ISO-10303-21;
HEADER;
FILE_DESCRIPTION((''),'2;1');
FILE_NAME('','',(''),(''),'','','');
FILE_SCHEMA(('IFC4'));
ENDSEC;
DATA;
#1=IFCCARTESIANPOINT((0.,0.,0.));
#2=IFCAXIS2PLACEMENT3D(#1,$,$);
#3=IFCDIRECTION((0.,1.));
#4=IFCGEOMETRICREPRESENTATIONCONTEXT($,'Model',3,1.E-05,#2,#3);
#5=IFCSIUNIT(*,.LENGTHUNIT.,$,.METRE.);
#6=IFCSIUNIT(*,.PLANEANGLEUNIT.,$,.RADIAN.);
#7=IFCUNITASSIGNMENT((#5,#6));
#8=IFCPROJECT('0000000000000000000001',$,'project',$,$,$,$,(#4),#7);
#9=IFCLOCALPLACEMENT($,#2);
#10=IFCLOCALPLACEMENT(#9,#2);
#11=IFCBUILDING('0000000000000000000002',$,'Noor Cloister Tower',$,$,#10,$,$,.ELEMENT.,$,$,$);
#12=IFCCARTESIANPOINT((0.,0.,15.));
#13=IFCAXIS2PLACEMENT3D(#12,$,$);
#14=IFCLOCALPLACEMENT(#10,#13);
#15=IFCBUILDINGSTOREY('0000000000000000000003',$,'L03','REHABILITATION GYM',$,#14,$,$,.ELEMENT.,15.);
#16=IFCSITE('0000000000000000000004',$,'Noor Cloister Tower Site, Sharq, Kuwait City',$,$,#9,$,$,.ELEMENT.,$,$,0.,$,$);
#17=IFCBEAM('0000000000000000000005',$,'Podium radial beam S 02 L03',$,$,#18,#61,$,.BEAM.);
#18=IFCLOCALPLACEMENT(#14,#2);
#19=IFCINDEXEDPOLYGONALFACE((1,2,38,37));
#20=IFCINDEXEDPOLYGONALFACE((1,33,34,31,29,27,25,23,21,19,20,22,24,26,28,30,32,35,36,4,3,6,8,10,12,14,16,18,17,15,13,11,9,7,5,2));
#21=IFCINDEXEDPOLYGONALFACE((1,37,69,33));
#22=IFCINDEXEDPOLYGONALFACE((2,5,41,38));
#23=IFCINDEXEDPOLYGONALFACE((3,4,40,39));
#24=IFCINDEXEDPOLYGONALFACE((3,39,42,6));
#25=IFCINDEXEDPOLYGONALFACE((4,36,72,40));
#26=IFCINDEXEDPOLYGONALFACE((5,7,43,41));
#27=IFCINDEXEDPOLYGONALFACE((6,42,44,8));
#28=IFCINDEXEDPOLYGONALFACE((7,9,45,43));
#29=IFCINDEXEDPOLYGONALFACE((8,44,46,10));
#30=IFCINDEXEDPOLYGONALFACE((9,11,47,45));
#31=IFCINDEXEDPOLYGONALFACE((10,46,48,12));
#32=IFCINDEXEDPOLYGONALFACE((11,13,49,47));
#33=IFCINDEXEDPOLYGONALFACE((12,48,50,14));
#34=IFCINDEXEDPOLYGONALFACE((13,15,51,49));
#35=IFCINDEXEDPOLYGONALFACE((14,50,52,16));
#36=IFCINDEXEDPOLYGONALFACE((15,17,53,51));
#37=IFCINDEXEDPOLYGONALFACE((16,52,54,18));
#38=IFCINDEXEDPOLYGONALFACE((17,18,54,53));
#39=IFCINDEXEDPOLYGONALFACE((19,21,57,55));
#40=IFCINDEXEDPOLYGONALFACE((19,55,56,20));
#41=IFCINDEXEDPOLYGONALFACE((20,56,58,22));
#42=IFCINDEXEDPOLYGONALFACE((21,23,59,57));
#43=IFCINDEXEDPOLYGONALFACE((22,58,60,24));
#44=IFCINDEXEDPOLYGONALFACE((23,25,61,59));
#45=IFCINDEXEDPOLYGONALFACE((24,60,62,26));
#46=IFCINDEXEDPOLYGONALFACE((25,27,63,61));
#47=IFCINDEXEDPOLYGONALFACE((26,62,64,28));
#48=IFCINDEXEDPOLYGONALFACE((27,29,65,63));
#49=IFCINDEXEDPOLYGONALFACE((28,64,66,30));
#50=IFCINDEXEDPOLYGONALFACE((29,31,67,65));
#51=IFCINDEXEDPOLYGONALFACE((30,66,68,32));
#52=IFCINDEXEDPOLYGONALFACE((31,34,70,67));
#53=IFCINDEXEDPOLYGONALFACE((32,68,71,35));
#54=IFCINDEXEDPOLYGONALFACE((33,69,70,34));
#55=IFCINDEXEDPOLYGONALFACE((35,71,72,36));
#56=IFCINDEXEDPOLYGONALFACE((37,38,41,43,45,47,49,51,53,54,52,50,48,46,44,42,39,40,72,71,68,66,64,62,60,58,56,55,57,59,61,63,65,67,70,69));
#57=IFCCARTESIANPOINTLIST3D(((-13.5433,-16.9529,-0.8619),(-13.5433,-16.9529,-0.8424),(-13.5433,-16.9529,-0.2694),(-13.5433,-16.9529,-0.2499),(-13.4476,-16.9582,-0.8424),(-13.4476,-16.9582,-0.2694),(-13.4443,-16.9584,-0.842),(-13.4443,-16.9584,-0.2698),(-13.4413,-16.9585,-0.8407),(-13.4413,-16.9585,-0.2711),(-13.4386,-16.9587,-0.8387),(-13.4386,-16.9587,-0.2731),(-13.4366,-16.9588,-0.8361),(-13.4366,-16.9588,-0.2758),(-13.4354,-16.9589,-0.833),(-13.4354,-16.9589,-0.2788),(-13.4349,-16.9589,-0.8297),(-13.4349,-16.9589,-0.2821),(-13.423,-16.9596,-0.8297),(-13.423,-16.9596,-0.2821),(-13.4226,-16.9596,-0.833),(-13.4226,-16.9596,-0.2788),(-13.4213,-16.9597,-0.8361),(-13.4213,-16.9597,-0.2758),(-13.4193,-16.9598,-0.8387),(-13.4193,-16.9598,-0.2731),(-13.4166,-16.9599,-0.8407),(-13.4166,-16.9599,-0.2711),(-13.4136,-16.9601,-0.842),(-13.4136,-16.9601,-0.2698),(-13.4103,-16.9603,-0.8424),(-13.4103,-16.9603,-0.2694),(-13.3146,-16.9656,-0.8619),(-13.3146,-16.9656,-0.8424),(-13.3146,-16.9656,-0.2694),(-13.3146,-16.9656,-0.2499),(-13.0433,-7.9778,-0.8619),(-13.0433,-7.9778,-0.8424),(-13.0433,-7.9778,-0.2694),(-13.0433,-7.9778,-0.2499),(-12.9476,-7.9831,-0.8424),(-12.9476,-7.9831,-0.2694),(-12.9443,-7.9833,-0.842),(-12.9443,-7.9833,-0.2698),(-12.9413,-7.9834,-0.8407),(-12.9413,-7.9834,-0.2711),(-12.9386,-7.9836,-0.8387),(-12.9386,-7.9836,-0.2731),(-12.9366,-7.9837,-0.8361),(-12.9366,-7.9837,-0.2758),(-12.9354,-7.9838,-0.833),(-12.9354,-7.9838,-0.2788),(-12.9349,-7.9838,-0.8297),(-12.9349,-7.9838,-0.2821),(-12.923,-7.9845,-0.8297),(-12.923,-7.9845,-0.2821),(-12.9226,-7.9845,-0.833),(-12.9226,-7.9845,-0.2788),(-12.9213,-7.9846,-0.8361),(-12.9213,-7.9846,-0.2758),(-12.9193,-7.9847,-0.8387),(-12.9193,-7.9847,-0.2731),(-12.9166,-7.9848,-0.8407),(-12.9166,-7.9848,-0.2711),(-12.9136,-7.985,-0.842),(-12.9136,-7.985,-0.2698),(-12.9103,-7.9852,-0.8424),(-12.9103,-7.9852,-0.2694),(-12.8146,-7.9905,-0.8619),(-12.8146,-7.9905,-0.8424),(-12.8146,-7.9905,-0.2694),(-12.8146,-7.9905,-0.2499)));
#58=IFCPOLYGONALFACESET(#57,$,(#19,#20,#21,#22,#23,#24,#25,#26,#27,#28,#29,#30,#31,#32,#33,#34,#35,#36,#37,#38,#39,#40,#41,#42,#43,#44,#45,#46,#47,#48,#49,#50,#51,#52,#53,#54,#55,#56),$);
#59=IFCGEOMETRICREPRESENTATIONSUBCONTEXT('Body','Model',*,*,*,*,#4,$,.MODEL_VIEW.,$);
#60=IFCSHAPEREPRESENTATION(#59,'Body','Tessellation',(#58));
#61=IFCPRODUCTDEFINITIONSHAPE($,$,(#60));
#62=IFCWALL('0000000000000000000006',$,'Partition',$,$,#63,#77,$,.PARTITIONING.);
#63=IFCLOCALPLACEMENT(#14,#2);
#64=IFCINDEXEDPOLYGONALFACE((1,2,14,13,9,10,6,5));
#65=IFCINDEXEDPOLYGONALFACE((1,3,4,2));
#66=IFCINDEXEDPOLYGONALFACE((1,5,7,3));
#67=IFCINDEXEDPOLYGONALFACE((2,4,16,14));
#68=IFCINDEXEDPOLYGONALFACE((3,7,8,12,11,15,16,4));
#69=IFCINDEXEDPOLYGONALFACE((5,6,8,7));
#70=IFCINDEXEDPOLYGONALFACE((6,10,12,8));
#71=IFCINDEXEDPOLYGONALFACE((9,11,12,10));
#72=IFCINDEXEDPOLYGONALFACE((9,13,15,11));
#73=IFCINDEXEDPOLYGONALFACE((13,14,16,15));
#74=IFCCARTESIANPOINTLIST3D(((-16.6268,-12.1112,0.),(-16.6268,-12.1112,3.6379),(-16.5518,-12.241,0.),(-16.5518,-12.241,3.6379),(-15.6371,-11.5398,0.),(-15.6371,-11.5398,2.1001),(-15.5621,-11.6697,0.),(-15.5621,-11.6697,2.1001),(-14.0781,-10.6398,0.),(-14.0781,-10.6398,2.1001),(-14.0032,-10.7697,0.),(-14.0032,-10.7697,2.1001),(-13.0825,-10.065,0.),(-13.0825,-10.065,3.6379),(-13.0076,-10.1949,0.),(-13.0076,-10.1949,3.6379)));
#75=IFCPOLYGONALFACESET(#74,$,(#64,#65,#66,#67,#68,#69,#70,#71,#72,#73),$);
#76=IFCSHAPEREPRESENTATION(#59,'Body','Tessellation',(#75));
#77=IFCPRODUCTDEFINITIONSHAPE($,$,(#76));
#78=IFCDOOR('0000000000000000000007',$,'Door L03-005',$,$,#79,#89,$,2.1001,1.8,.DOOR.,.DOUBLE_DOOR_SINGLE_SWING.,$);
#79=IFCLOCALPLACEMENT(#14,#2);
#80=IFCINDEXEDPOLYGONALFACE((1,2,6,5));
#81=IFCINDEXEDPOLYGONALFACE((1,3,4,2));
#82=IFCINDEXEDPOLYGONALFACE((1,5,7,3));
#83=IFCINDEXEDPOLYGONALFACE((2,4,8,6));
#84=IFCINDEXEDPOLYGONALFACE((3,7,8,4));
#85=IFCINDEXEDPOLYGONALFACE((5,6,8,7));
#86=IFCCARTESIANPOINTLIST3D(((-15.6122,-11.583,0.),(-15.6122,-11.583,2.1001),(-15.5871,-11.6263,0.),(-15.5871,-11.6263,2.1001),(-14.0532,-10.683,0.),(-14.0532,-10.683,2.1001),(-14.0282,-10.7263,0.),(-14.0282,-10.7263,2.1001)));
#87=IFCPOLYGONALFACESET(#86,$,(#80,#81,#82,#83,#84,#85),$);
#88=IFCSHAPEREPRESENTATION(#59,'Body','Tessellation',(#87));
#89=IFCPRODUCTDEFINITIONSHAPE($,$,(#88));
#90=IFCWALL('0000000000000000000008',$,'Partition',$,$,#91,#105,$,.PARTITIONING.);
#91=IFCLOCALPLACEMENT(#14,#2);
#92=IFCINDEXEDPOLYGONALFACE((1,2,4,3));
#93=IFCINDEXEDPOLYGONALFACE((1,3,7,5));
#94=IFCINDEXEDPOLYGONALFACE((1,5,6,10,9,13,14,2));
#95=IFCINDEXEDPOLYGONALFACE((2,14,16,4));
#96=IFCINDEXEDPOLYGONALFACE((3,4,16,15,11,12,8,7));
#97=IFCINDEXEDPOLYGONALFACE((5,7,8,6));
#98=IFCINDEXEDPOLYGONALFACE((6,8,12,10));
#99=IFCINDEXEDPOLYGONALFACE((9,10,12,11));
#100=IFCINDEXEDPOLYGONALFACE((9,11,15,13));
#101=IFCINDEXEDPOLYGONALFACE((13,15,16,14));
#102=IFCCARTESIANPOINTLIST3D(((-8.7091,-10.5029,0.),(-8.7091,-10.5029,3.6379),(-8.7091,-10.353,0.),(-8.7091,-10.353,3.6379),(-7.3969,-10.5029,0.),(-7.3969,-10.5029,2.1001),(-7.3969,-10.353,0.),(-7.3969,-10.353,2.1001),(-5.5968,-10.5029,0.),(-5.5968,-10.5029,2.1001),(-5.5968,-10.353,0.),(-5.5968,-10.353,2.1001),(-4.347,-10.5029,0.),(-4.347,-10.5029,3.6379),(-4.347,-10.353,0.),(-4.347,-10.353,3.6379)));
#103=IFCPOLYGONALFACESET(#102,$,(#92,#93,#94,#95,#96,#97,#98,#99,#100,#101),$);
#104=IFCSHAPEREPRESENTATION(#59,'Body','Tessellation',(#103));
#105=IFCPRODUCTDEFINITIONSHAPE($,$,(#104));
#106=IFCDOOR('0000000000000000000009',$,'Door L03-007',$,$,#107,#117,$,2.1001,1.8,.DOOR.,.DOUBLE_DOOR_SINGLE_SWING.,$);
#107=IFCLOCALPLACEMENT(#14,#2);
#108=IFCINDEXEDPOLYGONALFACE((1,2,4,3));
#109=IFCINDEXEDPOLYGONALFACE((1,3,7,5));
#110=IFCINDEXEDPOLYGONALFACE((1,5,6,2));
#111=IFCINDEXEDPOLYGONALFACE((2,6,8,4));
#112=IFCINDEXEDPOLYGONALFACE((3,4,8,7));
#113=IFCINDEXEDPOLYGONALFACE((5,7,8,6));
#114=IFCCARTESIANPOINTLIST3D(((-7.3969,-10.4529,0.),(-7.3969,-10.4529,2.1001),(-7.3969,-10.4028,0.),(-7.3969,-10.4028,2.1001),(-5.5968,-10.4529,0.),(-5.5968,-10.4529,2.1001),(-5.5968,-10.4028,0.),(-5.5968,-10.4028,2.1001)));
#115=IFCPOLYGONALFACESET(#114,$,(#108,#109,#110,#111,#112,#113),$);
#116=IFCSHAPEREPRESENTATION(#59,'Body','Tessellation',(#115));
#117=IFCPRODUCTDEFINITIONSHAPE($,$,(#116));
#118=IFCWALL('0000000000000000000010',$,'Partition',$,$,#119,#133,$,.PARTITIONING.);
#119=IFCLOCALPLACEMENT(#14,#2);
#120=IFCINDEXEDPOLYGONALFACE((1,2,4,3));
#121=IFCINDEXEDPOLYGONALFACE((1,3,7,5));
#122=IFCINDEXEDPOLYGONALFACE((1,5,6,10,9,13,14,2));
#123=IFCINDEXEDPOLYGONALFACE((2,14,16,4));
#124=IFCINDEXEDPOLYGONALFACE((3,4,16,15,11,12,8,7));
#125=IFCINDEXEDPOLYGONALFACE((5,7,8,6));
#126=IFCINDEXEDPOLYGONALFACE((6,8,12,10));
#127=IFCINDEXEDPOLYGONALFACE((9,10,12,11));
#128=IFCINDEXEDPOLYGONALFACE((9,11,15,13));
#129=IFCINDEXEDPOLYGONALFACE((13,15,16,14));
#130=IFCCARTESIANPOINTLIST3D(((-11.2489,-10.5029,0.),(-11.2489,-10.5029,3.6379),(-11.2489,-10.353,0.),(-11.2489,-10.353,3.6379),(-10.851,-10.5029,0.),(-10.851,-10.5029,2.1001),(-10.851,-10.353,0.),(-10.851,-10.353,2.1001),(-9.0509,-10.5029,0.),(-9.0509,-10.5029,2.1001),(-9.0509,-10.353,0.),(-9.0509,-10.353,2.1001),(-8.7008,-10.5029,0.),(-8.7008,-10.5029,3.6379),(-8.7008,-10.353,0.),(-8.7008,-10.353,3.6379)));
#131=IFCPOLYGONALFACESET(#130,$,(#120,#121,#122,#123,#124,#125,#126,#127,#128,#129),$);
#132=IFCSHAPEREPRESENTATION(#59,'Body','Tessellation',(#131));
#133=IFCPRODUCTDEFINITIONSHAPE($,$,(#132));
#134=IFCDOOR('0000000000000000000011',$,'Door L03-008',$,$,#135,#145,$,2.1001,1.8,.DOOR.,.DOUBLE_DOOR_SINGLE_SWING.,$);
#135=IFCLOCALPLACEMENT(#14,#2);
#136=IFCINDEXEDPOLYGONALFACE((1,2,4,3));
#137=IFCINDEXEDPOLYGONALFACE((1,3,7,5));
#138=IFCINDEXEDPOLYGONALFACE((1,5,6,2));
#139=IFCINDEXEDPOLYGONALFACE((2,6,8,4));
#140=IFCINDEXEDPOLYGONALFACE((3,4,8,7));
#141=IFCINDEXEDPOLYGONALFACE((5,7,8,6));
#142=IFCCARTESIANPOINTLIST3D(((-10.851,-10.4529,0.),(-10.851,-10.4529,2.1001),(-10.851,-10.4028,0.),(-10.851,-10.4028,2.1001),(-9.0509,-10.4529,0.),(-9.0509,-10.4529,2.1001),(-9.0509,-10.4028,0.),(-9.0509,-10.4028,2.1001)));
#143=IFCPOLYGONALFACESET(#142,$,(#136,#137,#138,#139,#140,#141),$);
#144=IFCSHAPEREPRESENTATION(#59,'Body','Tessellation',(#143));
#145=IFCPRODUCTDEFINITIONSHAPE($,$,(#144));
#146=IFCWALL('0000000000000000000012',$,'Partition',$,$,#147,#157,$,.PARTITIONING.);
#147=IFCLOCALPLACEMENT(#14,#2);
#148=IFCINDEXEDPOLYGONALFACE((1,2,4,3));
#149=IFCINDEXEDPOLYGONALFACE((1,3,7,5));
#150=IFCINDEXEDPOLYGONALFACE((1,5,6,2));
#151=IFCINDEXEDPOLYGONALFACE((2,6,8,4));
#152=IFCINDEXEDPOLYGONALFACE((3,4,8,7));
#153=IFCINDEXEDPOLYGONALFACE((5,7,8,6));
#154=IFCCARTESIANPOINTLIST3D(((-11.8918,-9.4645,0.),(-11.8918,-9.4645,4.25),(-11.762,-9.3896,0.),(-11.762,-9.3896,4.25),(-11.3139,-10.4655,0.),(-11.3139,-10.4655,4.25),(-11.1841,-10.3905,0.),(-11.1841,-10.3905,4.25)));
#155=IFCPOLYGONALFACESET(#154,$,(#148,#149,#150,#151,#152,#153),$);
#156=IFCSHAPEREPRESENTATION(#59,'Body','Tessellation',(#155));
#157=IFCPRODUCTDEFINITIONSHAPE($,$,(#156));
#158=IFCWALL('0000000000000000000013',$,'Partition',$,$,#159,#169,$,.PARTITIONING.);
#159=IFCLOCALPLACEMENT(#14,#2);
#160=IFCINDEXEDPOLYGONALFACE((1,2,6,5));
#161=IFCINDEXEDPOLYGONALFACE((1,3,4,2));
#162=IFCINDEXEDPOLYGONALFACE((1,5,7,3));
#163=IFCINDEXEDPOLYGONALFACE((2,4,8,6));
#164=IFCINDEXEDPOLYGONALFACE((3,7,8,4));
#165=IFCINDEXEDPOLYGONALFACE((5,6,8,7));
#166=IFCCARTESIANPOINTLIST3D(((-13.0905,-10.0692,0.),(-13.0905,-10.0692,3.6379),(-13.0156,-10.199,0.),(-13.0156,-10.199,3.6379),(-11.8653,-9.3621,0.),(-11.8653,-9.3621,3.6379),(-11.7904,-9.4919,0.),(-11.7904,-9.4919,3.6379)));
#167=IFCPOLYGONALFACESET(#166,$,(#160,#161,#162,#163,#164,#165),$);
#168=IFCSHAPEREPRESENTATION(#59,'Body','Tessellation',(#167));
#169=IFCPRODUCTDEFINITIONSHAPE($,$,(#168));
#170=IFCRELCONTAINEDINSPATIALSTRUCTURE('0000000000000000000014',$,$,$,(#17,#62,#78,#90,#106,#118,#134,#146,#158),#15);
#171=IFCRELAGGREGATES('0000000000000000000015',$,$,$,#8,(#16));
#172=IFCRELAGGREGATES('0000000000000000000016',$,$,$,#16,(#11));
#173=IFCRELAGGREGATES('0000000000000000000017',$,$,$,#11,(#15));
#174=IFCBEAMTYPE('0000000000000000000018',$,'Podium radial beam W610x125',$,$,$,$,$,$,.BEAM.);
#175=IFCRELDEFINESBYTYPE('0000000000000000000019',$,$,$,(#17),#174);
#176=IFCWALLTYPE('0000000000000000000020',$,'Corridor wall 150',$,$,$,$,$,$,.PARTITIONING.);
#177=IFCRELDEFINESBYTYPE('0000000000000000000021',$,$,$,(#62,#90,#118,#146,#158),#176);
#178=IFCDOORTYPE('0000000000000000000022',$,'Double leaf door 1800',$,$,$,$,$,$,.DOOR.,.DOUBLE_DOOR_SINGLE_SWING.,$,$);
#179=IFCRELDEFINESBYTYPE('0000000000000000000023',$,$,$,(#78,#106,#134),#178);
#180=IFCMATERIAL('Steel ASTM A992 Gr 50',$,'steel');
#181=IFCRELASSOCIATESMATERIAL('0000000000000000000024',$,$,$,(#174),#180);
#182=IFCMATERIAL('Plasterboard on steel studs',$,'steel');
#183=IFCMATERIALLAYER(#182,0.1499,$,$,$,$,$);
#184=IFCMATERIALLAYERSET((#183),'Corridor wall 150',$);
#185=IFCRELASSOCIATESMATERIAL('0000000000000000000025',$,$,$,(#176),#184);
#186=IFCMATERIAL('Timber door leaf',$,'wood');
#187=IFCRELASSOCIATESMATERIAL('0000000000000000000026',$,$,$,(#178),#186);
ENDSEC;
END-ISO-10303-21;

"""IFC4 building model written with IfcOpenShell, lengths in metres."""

from ifc_helpers import new_model, si_unit, direction, frame, frame_2d, origin, origin_2d, place, context, subcontext, project, spatial, rectangle, i_section, extrude, material, layer, layer_set, material_profile, profile_set, type_object, element, fill, save


model = new_model("IFC4")

# Units and contexts
model_context = context("Model", 3, precision=1e-05, world=origin(), true_north=direction((0.0, 1.0)))
body_context = subcontext(model_context, "Body", "Model", "MODEL_VIEW")
ifc_project = project(units=[si_unit("LENGTHUNIT", "METRE"), si_unit("PLANEANGLEUNIT", "RADIAN")], contexts=[model_context])

# Site, building, storey
site_placement = place(None, origin())
site = spatial("IfcSite", under=ifc_project, at=site_placement, Name="Noor Cloister Tower Site, Sharq, Kuwait City", CompositionType="ELEMENT", RefElevation=0.0)
building_placement = place(site_placement, origin())
building = spatial("IfcBuilding", under=site, at=building_placement, Name="Noor Cloister Tower", CompositionType="ELEMENT")
storey_placement = place(building_placement, frame((0.0, 0.0, 15.0)))
storey = spatial("IfcBuildingStorey", under=building, at=storey_placement, Name="L03", Description="REHABILITATION GYM", CompositionType="ELEMENT", Elevation=15.0)

# Beam
ifc_material_1 = material(Name="Steel ASTM A992 Gr 50", Category="steel")
ifc_material_profile = material_profile(ifc_material_1, i_section(OverallWidth=0.229, OverallDepth=0.6121, WebThickness=0.012, FlangeThickness=0.0195, FilletRadius=0.0127, at=origin_2d()), Name="W610x125")
ifc_profile_set = profile_set([ifc_material_profile], Name="Steel ASTM A992 Gr 50")
beam_type = type_object("IfcBeamType", Name="Podium radial beam W610x125", PredefinedType="BEAM", material=ifc_profile_set)
beam_placement = place(storey_placement, frame((-13.429, -16.9592, -0.5559), z_axis=(0.055623, 0.998452, 0.0), x_axis=(-0.998452, 0.055623, 0.0)))
element("IfcBeam", 1, at=beam_placement, inside=storey, type_object=beam_type, Name="Podium radial beam S 02 L03", PredefinedType="BEAM", context=body_context, shape_type="SweptSolid", body=[
    extrude(i_section(OverallWidth=0.229, OverallDepth=0.6121, WebThickness=0.012, FlangeThickness=0.0195, FilletRadius=0.0127, at=origin_2d()), origin(), (0.0, 0.0, 1.0), 8.989),
])

# Walls, openings, doors
ifc_material_2 = material(Name="Plasterboard on steel studs", Category="steel")
ifc_layer_1 = layer(ifc_material_2, 0.1499)
ifc_layer_set_1 = layer_set([ifc_layer_1], Name="Corridor wall 150")
wall_type_1 = type_object("IfcWallType", Name="Corridor wall 150", PredefinedType="PARTITIONING", material=ifc_layer_set_1)
wall_1_placement = place(storey_placement, frame((-13.0449, -10.1299, 0.0), z_axis=(0.0, 0.0, 1.0), x_axis=(-0.866036, -0.499982, 0.0)))
wall_1 = element("IfcWall", 2, at=wall_1_placement, inside=storey, type_object=wall_type_1, Name="Partition", PredefinedType="PARTITIONING", context=body_context, shape_type="SweptSolid", body=[
    extrude(rectangle(XDim=4.0925, YDim=0.1499, at=frame_2d((2.0464, 0.0))), origin(), (0.0, 0.0, 1.0), 3.6379),
])
opening_1_placement = place(wall_1_placement, frame((1.1499, 0.0, 0.0)))
opening_1 = element("IfcOpeningElement", 3, at=opening_1_placement, cuts=wall_1, PredefinedType="OPENING", context=body_context, shape_type="SweptSolid", body=[
    extrude(rectangle(XDim=1.8, YDim=2.1001, at=frame_2d((0.8999, 1.05))), frame((0.0, 0.085, 0.0), z_axis=(0.0, -1.0, 0.0), x_axis=(1.0, 0.0, 0.0)), (0.0, 0.0, 1.0), 0.1699),
])
ifc_material_3 = material(Name="Timber door leaf", Category="wood")
door_type = type_object("IfcDoorType", Name="Double leaf door 1800", OperationType="DOUBLE_DOOR_SINGLE_SWING", PredefinedType="DOOR", material=ifc_material_3)
door_1_placement = place(opening_1_placement, origin())
door_1 = element("IfcDoor", 4, at=door_1_placement, inside=storey, type_object=door_type, Name="Door L03-005", OperationType="DOUBLE_DOOR_SINGLE_SWING", OverallHeight=2.1001, OverallWidth=1.8, PredefinedType="DOOR", context=body_context, shape_type="SweptSolid", body=[
    extrude(rectangle(XDim=1.8, YDim=2.1001, at=frame_2d((0.8999, 1.05))), frame((0.0, 0.0249, 0.0), z_axis=(0.0, -1.0, 0.0), x_axis=(1.0, 0.0, 0.0)), (0.0, 0.0, 1.0), 0.05),
])
fill(opening_1, door_1)
wall_2_placement = place(storey_placement, frame((-4.3469, -10.428, 0.0), z_axis=(0.0, 0.0, 1.0), x_axis=(-1.0, 0.0, 0.0)))
wall_2 = element("IfcWall", 5, at=wall_2_placement, inside=storey, type_object=wall_type_1, Name="Partition", PredefinedType="PARTITIONING", context=body_context, shape_type="SweptSolid", body=[
    extrude(rectangle(XDim=4.3621, YDim=0.1499, at=frame_2d((2.1812, 0.0))), origin(), (0.0, 0.0, 1.0), 3.6379),
])
opening_2_placement = place(wall_2_placement, frame((1.25, 0.0, 0.0)))
opening_2 = element("IfcOpeningElement", 6, at=opening_2_placement, cuts=wall_2, PredefinedType="OPENING", context=body_context, shape_type="SweptSolid", body=[
    extrude(rectangle(XDim=1.8, YDim=2.1001, at=frame_2d((0.8999, 1.05))), frame((0.0, 0.085, 0.0), z_axis=(0.0, -1.0, 0.0), x_axis=(1.0, 0.0, 0.0)), (0.0, 0.0, 1.0), 0.1699),
])
door_2_placement = place(opening_2_placement, origin())
door_2 = element("IfcDoor", 7, at=door_2_placement, inside=storey, type_object=door_type, Name="Door L03-007", OperationType="DOUBLE_DOOR_SINGLE_SWING", OverallHeight=2.1001, OverallWidth=1.8, PredefinedType="DOOR", context=body_context, shape_type="SweptSolid", body=[
    extrude(rectangle(XDim=1.8, YDim=2.1001, at=frame_2d((0.8999, 1.05))), frame((0.0, 0.0249, 0.0), z_axis=(0.0, -1.0, 0.0), x_axis=(1.0, 0.0, 0.0)), (0.0, 0.0, 1.0), 0.05),
])
fill(opening_2, door_2)
wall_3_placement = place(storey_placement, frame((-8.7009, -10.428, 0.0), z_axis=(0.0, 0.0, 1.0), x_axis=(-1.0, 0.0, 0.0)))
wall_3 = element("IfcWall", 8, at=wall_3_placement, inside=storey, type_object=wall_type_1, Name="Partition", PredefinedType="PARTITIONING", context=body_context, shape_type="SweptSolid", body=[
    extrude(rectangle(XDim=2.5481, YDim=0.1499, at=frame_2d((1.2739, 0.0))), origin(), (0.0, 0.0, 1.0), 3.6379),
])
opening_3_placement = place(wall_3_placement, frame((0.3501, 0.0, 0.0)))
opening_3 = element("IfcOpeningElement", 9, at=opening_3_placement, cuts=wall_3, PredefinedType="OPENING", context=body_context, shape_type="SweptSolid", body=[
    extrude(rectangle(XDim=1.8, YDim=2.1001, at=frame_2d((0.8999, 1.05))), frame((0.0, 0.085, 0.0), z_axis=(0.0, -1.0, 0.0), x_axis=(1.0, 0.0, 0.0)), (0.0, 0.0, 1.0), 0.1699),
])
door_3_placement = place(opening_3_placement, origin())
door_3 = element("IfcDoor", 10, at=door_3_placement, inside=storey, type_object=door_type, Name="Door L03-008", OperationType="DOUBLE_DOOR_SINGLE_SWING", OverallHeight=2.1001, OverallWidth=1.8, PredefinedType="DOOR", context=body_context, shape_type="SweptSolid", body=[
    extrude(rectangle(XDim=1.8, YDim=2.1001, at=frame_2d((0.8999, 1.05))), frame((0.0, 0.0249, 0.0), z_axis=(0.0, -1.0, 0.0), x_axis=(1.0, 0.0, 0.0)), (0.0, 0.0, 1.0), 0.05),
])
fill(opening_3, door_3)

# Walls
wall_4_placement = place(storey_placement, frame((-11.249, -10.428, 0.0), z_axis=(0.0, 0.0, 1.0), x_axis=(-0.499978, 0.866038, 0.0)))
element("IfcWall", 11, at=wall_4_placement, inside=storey, type_object=wall_type_1, Name="Partition", PredefinedType="PARTITIONING", context=body_context, shape_type="SweptSolid", body=[
    extrude(rectangle(XDim=1.1558, YDim=0.1499, at=frame_2d((0.5779, 0.0))), origin(), (0.0, 0.0, 1.0), 4.25),
])
wall_5_placement = place(storey_placement, frame((-11.8279, -9.427, 0.0), z_axis=(0.0, 0.0, 1.0), x_axis=(-0.866111, -0.499852, 0.0)))
element("IfcWall", 12, at=wall_5_placement, inside=storey, type_object=wall_type_1, Name="Partition", PredefinedType="PARTITIONING", context=body_context, shape_type="SweptSolid", body=[
    extrude(rectangle(XDim=1.4146, YDim=0.1499, at=frame_2d((0.7073, 0.0))), origin(), (0.0, 0.0, 1.0), 3.6379),
])

save(model, "model.ifc")
